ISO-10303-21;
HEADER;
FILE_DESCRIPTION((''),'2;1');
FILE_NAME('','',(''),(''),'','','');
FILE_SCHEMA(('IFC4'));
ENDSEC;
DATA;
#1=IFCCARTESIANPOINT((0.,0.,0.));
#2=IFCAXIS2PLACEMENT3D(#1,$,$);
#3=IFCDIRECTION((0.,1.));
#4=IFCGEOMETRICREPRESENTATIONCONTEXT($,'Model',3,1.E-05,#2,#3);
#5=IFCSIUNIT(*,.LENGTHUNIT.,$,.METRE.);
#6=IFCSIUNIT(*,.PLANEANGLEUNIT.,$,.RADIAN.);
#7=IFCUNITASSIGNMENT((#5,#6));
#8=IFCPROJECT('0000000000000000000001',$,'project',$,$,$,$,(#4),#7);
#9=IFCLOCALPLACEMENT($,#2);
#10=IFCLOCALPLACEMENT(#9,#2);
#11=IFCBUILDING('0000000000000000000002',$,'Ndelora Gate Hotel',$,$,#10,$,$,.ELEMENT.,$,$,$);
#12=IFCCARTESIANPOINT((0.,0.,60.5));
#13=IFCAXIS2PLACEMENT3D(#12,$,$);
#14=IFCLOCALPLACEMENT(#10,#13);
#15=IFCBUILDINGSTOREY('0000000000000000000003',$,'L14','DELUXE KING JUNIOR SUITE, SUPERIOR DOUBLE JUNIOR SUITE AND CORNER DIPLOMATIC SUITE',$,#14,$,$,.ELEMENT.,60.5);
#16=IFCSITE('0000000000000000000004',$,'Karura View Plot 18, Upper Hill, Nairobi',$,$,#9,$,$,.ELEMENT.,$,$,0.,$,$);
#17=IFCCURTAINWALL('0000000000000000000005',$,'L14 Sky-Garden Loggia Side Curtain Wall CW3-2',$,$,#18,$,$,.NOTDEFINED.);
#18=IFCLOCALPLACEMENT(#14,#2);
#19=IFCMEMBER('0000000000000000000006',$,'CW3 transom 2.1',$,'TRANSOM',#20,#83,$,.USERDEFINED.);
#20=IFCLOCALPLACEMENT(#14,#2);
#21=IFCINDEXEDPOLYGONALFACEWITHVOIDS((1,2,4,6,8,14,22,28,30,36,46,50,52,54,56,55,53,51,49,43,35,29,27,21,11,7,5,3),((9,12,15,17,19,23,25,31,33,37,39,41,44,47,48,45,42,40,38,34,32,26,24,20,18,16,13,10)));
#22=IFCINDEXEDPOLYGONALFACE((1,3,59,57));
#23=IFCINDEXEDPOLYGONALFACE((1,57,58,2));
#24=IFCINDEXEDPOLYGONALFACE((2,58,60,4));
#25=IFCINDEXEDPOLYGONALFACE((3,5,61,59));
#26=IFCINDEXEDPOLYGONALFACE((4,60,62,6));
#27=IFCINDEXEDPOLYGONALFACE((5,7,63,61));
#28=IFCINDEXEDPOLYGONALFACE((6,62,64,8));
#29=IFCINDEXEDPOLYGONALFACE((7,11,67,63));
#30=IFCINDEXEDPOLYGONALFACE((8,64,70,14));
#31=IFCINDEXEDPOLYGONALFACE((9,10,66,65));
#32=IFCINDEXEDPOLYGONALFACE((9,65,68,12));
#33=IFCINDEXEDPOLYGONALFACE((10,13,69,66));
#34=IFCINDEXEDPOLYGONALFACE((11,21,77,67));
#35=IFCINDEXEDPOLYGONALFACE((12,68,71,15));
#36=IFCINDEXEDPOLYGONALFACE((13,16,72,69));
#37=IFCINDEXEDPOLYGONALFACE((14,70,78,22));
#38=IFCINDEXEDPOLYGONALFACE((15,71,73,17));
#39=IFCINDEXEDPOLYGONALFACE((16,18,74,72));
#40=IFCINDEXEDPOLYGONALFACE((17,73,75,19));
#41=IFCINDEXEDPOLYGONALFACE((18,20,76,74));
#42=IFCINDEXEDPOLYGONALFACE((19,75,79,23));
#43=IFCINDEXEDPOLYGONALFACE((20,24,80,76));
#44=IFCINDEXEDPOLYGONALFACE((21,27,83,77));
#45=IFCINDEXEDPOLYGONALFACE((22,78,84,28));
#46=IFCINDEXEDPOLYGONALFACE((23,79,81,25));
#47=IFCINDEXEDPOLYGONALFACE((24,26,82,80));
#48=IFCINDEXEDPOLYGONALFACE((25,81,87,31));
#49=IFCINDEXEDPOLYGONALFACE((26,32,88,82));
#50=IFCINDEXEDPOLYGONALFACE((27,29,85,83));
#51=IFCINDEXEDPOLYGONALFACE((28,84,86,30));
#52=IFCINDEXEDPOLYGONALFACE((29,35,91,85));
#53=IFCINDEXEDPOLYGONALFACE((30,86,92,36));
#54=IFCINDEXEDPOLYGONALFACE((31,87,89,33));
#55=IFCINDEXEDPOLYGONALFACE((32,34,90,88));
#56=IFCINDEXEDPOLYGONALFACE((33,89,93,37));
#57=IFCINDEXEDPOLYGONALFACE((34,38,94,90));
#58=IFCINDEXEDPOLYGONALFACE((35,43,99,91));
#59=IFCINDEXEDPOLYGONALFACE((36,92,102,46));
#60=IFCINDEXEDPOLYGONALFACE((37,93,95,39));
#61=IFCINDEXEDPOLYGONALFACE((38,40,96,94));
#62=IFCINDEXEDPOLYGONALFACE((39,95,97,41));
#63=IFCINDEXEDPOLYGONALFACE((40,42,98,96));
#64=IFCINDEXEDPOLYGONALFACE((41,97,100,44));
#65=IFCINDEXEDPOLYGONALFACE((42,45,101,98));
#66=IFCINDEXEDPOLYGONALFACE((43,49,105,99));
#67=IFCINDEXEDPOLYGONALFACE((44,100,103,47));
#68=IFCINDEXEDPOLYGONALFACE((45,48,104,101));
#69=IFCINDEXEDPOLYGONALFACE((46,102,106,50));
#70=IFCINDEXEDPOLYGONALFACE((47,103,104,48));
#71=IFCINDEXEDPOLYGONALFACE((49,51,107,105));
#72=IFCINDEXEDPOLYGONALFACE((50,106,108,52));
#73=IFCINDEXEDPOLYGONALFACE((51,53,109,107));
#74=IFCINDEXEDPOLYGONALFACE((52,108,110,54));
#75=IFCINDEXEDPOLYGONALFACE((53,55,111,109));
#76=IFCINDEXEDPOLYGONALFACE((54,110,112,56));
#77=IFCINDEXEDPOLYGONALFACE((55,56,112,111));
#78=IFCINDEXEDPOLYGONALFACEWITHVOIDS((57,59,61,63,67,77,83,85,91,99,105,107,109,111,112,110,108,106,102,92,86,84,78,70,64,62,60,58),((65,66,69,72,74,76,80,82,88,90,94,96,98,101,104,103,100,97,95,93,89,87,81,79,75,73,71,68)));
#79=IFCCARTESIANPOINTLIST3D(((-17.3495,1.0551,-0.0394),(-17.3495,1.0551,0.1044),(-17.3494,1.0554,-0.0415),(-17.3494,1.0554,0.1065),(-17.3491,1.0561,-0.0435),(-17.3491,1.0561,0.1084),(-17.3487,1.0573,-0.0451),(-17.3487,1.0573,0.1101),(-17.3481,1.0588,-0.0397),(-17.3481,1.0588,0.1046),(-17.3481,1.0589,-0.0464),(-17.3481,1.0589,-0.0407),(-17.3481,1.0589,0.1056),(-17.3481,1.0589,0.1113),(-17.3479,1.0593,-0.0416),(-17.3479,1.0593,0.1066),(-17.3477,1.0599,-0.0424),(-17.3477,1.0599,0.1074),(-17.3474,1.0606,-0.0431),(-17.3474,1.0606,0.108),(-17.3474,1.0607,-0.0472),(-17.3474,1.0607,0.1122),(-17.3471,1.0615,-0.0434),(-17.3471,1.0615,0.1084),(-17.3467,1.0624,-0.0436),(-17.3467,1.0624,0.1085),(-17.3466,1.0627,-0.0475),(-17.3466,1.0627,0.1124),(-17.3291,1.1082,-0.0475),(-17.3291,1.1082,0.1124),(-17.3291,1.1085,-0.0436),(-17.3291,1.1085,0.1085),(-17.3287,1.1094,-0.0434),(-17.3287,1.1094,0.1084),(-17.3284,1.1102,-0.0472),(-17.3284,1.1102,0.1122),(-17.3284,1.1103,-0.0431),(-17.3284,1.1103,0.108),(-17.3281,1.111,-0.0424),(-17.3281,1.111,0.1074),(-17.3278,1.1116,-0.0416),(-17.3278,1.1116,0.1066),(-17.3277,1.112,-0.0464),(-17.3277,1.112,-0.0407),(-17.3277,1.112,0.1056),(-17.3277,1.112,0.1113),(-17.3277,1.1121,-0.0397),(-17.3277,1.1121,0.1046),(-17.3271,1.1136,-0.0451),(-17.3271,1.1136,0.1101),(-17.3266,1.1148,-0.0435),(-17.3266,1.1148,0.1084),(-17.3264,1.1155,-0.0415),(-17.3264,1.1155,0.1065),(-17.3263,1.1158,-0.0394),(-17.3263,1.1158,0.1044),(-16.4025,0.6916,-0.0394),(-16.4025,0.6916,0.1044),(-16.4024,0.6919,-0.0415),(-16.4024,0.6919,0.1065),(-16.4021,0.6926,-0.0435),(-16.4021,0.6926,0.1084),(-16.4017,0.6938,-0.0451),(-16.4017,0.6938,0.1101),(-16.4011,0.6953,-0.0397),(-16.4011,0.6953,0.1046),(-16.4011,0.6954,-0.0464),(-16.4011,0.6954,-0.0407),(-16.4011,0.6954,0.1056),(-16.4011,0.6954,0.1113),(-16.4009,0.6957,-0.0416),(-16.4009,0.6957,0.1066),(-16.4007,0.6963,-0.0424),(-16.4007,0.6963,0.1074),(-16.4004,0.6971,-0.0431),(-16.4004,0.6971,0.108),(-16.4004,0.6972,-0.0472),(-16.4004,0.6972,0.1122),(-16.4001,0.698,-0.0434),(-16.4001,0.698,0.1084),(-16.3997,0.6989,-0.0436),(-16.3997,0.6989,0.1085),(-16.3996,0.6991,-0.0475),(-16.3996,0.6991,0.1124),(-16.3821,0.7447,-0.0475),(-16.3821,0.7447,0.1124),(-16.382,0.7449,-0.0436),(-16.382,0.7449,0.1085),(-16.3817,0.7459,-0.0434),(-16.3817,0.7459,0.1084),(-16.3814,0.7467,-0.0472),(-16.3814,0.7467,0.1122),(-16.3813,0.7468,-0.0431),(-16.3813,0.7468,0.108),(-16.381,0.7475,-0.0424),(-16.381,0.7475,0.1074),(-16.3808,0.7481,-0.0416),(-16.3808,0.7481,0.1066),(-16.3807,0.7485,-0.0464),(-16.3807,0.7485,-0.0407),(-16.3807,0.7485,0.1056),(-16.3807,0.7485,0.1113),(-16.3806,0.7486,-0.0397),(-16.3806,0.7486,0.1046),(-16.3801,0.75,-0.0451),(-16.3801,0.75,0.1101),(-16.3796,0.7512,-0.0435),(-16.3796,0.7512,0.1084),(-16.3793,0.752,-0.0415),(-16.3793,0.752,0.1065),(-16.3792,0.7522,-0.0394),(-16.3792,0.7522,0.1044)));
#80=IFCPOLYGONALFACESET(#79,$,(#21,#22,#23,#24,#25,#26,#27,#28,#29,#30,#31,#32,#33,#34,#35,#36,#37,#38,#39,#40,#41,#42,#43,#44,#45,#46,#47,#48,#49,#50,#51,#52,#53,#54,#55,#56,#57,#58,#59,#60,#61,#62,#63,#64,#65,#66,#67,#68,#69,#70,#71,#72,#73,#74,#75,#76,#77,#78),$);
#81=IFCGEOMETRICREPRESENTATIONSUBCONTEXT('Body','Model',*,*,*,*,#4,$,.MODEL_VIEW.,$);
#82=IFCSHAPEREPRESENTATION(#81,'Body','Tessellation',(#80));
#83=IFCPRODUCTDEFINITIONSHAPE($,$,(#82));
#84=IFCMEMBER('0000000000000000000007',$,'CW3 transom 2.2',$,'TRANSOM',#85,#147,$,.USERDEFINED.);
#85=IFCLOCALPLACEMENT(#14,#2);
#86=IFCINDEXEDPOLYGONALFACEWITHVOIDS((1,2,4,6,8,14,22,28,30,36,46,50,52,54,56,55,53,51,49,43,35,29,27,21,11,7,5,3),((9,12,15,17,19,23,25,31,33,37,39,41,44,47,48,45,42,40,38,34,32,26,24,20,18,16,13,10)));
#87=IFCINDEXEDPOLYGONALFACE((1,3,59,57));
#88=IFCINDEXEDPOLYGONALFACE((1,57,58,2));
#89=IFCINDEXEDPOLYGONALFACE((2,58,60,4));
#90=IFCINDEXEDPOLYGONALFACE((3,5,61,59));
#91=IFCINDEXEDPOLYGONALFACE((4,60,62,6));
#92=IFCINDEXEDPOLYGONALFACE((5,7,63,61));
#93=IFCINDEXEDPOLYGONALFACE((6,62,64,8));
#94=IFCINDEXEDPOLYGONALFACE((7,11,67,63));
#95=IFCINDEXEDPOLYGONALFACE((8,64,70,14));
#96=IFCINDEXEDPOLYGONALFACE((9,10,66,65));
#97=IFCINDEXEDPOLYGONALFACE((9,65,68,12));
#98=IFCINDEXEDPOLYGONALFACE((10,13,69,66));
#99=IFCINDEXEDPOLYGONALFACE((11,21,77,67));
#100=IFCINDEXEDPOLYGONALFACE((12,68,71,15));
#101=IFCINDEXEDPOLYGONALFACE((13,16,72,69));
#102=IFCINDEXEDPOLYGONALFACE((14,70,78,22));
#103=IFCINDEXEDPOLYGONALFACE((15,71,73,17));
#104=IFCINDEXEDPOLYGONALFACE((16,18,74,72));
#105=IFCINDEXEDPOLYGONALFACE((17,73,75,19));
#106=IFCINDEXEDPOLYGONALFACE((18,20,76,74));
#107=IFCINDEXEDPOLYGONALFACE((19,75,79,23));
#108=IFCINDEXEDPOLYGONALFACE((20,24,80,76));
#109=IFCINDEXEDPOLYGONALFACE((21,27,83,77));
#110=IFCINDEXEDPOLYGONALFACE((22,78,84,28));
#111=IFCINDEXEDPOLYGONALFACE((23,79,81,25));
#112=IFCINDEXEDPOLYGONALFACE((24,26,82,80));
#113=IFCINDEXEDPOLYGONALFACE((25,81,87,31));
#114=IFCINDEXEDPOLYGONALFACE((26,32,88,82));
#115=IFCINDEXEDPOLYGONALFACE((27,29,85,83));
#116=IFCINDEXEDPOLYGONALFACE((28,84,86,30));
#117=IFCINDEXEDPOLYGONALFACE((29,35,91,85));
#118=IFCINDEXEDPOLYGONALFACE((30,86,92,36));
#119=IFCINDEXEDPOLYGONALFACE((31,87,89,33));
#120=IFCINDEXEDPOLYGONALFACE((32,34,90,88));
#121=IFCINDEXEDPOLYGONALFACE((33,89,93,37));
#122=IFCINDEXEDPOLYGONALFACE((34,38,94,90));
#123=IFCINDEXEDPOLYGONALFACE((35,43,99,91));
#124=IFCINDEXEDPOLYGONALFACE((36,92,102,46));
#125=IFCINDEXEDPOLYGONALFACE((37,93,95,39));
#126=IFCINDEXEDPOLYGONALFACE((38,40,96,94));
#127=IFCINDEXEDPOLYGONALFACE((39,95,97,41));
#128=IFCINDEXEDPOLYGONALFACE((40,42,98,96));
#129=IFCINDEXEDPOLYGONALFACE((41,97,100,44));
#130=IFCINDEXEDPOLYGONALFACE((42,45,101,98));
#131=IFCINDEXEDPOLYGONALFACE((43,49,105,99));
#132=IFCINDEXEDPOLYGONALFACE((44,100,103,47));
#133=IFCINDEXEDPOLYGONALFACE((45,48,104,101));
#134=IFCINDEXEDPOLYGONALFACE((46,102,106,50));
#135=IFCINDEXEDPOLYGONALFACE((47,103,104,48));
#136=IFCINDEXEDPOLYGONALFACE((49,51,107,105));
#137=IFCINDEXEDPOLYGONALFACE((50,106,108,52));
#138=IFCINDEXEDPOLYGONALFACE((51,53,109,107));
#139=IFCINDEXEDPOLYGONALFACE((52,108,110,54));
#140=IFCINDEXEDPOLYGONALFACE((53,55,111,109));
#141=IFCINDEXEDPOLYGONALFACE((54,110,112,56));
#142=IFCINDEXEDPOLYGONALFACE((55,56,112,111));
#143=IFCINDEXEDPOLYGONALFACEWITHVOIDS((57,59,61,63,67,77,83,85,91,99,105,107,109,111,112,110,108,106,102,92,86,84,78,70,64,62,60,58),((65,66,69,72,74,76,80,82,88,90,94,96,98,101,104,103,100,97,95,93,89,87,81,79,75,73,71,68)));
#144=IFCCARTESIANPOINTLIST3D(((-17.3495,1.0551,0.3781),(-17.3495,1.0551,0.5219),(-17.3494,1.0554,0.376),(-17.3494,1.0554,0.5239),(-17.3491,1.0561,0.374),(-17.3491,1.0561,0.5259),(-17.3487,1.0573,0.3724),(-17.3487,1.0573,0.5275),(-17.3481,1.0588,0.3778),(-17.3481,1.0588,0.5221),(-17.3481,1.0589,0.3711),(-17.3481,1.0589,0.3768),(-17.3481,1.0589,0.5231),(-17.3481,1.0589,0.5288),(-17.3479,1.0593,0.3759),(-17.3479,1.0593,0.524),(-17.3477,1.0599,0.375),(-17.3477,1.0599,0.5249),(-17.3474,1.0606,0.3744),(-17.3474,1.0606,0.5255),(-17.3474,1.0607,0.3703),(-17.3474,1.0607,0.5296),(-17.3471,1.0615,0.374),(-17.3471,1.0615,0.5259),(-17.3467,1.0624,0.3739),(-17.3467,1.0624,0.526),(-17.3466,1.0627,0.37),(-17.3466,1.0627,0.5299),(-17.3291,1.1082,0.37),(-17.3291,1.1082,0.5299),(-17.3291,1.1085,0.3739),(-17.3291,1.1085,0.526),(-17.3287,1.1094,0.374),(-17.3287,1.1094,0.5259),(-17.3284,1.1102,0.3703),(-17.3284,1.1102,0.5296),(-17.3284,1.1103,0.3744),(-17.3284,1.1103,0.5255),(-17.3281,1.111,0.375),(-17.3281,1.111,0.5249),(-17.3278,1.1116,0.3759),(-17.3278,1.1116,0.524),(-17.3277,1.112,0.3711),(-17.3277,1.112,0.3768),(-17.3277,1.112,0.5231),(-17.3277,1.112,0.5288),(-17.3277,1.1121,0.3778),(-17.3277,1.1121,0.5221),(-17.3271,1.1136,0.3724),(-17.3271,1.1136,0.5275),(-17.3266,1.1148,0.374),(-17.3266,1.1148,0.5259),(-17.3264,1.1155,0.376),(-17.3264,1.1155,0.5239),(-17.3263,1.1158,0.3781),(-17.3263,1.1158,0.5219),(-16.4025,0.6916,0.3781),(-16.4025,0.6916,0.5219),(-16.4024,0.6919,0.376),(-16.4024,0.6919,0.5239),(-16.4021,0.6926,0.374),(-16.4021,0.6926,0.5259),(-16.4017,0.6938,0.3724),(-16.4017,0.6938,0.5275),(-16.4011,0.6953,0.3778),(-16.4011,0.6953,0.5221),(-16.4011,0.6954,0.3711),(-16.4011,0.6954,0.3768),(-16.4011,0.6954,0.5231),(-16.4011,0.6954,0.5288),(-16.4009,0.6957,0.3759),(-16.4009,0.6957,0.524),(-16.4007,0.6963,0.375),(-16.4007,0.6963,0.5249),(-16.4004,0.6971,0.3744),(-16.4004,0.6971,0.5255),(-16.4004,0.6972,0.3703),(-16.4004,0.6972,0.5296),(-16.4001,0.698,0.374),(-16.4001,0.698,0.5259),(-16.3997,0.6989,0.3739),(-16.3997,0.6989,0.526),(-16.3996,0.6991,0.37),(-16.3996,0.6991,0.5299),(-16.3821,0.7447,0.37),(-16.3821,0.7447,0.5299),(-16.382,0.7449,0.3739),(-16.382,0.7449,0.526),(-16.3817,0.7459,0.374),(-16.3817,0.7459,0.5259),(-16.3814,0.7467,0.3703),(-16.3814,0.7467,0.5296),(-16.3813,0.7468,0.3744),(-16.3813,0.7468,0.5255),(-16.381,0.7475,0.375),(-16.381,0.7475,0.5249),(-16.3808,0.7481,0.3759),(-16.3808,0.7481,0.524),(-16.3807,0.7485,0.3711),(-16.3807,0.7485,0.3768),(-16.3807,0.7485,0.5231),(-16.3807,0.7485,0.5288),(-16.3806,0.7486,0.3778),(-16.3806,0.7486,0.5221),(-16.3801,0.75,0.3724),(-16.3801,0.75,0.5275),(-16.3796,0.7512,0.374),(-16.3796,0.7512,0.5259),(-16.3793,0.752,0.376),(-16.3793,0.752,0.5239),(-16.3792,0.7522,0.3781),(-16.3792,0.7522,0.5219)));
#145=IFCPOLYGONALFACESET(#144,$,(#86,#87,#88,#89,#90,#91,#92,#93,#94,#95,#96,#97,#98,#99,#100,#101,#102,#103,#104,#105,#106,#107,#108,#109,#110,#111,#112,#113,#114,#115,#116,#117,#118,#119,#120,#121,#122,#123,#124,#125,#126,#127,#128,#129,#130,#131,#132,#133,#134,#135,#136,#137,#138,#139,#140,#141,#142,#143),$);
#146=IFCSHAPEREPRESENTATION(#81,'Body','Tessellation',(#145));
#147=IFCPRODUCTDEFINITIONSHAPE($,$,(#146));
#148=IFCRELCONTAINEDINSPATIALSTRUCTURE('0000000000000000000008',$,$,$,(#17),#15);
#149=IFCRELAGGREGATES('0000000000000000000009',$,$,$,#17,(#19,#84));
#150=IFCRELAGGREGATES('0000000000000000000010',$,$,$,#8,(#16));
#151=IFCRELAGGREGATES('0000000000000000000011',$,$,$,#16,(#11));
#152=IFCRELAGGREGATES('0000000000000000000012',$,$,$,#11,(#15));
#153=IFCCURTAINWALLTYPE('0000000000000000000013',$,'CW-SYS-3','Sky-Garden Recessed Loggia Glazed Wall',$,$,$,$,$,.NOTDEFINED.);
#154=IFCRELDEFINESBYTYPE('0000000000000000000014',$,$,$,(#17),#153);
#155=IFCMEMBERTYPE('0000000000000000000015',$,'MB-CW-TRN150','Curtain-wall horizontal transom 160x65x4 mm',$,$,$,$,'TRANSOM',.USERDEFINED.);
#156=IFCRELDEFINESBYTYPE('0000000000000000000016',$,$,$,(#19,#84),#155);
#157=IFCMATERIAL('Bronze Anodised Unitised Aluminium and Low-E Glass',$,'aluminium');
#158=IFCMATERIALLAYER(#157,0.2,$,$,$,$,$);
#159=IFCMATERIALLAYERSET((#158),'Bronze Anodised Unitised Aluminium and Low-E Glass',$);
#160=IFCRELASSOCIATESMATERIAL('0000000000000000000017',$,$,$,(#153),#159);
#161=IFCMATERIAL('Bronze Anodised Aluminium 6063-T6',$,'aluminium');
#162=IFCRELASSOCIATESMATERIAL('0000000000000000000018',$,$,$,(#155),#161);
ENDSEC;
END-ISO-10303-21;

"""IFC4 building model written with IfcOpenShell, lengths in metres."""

from ifc_helpers import new_model, si_unit, direction, frame, origin, origin_2d, place, context, subcontext, project, spatial, hollow_rectangle, extrude, material, layer, layer_set, material_profile, profile_set, type_object, element, aggregate, save


model = new_model("IFC4")

# Units and contexts
model_context = context("Model", 3, precision=1e-05, world=origin(), true_north=direction((0.0, 1.0)))
body_context = subcontext(model_context, "Body", "Model", "MODEL_VIEW")
ifc_project = project(units=[si_unit("LENGTHUNIT", "METRE"), si_unit("PLANEANGLEUNIT", "RADIAN")], contexts=[model_context])

# Site, building, storey
site_placement = place(None, origin())
site = spatial("IfcSite", under=ifc_project, at=site_placement, Name="Karura View Plot 18, Upper Hill, Nairobi", CompositionType="ELEMENT", RefElevation=0.0)
building_placement = place(site_placement, origin())
building = spatial("IfcBuilding", under=site, at=building_placement, Name="Ndelora Gate Hotel", CompositionType="ELEMENT")
storey_placement = place(building_placement, frame((0.0, 0.0, 60.5)))
storey = spatial("IfcBuildingStorey", under=building, at=storey_placement, Name="L14", Description="DELUXE KING JUNIOR SUITE, SUPERIOR DOUBLE JUNIOR SUITE AND CORNER DIPLOMATIC SUITE", CompositionType="ELEMENT", Elevation=60.5)

# Curtain wall, members
ifc_material_1 = material(Name="Bronze Anodised Unitised Aluminium and Low-E Glass", Category="aluminium")
ifc_layer_1 = layer(ifc_material_1, 0.2)
ifc_layer_set_1 = layer_set([ifc_layer_1], Name="Bronze Anodised Unitised Aluminium and Low-E Glass")
curtain_wall_type = type_object("IfcCurtainWallType", Name="CW-SYS-3", Description="Sky-Garden Recessed Loggia Glazed Wall", PredefinedType="NOTDEFINED", material=ifc_layer_set_1)
curtain_wall_placement = place(storey_placement, origin())
curtain_wall = element("IfcCurtainWall", 1, at=curtain_wall_placement, inside=storey, type_object=curtain_wall_type, Name="L14 Sky-Garden Loggia Side Curtain Wall CW3-2", PredefinedType="NOTDEFINED")
ifc_material_2 = material(Name="Bronze Anodised Aluminium 6063-T6", Category="aluminium")
ifc_material_profile_1 = material_profile(ifc_material_2, hollow_rectangle(XDim=0.0649, YDim=0.1599, WallThickness=0.0039, InnerFilletRadius=0.0039, OuterFilletRadius=0.0081, at=origin_2d()), Name="ALU 160x65x4")
ifc_profile_set_1 = profile_set([ifc_material_profile_1], Name="Bronze Anodised Aluminium 6063-T6")
member_type_1 = type_object("IfcMemberType", Name="MB-CW-TRN150", Description="Curtain-wall horizontal transom 160x65x4 mm", ElementType="TRANSOM", PredefinedType="USERDEFINED", material=ifc_profile_set_1)
member_1_placement = place(storey_placement, frame((-17.3379, 1.0854, 0.0325), z_axis=(0.933581, -0.358366, 0.0), x_axis=(0.358366, 0.933581, 0.0)))
member_1 = element("IfcMember", 2, at=member_1_placement, type_object=member_type_1, Name="CW3 transom 2.1", ObjectType="TRANSOM", PredefinedType="USERDEFINED", context=body_context, shape_type="SweptSolid", body=[
    extrude(hollow_rectangle(XDim=0.0649, YDim=0.1599, WallThickness=0.0039, InnerFilletRadius=0.0039, OuterFilletRadius=0.0081, at=origin_2d()), origin(), (0.0, 0.0, 1.0), 1.0144),
])
member_2_placement = place(storey_placement, frame((-17.3379, 1.0854, 0.45), z_axis=(0.933581, -0.358366, 0.0), x_axis=(0.358366, 0.933581, 0.0)))
member_2 = element("IfcMember", 3, at=member_2_placement, type_object=member_type_1, Name="CW3 transom 2.2", ObjectType="TRANSOM", PredefinedType="USERDEFINED", context=body_context, shape_type="SweptSolid", body=[
    extrude(hollow_rectangle(XDim=0.0649, YDim=0.1599, WallThickness=0.0039, InnerFilletRadius=0.0039, OuterFilletRadius=0.0081, at=origin_2d()), origin(), (0.0, 0.0, 1.0), 1.0144),
])
aggregate(curtain_wall, [member_1, member_2])

save(model, "model.ifc")
